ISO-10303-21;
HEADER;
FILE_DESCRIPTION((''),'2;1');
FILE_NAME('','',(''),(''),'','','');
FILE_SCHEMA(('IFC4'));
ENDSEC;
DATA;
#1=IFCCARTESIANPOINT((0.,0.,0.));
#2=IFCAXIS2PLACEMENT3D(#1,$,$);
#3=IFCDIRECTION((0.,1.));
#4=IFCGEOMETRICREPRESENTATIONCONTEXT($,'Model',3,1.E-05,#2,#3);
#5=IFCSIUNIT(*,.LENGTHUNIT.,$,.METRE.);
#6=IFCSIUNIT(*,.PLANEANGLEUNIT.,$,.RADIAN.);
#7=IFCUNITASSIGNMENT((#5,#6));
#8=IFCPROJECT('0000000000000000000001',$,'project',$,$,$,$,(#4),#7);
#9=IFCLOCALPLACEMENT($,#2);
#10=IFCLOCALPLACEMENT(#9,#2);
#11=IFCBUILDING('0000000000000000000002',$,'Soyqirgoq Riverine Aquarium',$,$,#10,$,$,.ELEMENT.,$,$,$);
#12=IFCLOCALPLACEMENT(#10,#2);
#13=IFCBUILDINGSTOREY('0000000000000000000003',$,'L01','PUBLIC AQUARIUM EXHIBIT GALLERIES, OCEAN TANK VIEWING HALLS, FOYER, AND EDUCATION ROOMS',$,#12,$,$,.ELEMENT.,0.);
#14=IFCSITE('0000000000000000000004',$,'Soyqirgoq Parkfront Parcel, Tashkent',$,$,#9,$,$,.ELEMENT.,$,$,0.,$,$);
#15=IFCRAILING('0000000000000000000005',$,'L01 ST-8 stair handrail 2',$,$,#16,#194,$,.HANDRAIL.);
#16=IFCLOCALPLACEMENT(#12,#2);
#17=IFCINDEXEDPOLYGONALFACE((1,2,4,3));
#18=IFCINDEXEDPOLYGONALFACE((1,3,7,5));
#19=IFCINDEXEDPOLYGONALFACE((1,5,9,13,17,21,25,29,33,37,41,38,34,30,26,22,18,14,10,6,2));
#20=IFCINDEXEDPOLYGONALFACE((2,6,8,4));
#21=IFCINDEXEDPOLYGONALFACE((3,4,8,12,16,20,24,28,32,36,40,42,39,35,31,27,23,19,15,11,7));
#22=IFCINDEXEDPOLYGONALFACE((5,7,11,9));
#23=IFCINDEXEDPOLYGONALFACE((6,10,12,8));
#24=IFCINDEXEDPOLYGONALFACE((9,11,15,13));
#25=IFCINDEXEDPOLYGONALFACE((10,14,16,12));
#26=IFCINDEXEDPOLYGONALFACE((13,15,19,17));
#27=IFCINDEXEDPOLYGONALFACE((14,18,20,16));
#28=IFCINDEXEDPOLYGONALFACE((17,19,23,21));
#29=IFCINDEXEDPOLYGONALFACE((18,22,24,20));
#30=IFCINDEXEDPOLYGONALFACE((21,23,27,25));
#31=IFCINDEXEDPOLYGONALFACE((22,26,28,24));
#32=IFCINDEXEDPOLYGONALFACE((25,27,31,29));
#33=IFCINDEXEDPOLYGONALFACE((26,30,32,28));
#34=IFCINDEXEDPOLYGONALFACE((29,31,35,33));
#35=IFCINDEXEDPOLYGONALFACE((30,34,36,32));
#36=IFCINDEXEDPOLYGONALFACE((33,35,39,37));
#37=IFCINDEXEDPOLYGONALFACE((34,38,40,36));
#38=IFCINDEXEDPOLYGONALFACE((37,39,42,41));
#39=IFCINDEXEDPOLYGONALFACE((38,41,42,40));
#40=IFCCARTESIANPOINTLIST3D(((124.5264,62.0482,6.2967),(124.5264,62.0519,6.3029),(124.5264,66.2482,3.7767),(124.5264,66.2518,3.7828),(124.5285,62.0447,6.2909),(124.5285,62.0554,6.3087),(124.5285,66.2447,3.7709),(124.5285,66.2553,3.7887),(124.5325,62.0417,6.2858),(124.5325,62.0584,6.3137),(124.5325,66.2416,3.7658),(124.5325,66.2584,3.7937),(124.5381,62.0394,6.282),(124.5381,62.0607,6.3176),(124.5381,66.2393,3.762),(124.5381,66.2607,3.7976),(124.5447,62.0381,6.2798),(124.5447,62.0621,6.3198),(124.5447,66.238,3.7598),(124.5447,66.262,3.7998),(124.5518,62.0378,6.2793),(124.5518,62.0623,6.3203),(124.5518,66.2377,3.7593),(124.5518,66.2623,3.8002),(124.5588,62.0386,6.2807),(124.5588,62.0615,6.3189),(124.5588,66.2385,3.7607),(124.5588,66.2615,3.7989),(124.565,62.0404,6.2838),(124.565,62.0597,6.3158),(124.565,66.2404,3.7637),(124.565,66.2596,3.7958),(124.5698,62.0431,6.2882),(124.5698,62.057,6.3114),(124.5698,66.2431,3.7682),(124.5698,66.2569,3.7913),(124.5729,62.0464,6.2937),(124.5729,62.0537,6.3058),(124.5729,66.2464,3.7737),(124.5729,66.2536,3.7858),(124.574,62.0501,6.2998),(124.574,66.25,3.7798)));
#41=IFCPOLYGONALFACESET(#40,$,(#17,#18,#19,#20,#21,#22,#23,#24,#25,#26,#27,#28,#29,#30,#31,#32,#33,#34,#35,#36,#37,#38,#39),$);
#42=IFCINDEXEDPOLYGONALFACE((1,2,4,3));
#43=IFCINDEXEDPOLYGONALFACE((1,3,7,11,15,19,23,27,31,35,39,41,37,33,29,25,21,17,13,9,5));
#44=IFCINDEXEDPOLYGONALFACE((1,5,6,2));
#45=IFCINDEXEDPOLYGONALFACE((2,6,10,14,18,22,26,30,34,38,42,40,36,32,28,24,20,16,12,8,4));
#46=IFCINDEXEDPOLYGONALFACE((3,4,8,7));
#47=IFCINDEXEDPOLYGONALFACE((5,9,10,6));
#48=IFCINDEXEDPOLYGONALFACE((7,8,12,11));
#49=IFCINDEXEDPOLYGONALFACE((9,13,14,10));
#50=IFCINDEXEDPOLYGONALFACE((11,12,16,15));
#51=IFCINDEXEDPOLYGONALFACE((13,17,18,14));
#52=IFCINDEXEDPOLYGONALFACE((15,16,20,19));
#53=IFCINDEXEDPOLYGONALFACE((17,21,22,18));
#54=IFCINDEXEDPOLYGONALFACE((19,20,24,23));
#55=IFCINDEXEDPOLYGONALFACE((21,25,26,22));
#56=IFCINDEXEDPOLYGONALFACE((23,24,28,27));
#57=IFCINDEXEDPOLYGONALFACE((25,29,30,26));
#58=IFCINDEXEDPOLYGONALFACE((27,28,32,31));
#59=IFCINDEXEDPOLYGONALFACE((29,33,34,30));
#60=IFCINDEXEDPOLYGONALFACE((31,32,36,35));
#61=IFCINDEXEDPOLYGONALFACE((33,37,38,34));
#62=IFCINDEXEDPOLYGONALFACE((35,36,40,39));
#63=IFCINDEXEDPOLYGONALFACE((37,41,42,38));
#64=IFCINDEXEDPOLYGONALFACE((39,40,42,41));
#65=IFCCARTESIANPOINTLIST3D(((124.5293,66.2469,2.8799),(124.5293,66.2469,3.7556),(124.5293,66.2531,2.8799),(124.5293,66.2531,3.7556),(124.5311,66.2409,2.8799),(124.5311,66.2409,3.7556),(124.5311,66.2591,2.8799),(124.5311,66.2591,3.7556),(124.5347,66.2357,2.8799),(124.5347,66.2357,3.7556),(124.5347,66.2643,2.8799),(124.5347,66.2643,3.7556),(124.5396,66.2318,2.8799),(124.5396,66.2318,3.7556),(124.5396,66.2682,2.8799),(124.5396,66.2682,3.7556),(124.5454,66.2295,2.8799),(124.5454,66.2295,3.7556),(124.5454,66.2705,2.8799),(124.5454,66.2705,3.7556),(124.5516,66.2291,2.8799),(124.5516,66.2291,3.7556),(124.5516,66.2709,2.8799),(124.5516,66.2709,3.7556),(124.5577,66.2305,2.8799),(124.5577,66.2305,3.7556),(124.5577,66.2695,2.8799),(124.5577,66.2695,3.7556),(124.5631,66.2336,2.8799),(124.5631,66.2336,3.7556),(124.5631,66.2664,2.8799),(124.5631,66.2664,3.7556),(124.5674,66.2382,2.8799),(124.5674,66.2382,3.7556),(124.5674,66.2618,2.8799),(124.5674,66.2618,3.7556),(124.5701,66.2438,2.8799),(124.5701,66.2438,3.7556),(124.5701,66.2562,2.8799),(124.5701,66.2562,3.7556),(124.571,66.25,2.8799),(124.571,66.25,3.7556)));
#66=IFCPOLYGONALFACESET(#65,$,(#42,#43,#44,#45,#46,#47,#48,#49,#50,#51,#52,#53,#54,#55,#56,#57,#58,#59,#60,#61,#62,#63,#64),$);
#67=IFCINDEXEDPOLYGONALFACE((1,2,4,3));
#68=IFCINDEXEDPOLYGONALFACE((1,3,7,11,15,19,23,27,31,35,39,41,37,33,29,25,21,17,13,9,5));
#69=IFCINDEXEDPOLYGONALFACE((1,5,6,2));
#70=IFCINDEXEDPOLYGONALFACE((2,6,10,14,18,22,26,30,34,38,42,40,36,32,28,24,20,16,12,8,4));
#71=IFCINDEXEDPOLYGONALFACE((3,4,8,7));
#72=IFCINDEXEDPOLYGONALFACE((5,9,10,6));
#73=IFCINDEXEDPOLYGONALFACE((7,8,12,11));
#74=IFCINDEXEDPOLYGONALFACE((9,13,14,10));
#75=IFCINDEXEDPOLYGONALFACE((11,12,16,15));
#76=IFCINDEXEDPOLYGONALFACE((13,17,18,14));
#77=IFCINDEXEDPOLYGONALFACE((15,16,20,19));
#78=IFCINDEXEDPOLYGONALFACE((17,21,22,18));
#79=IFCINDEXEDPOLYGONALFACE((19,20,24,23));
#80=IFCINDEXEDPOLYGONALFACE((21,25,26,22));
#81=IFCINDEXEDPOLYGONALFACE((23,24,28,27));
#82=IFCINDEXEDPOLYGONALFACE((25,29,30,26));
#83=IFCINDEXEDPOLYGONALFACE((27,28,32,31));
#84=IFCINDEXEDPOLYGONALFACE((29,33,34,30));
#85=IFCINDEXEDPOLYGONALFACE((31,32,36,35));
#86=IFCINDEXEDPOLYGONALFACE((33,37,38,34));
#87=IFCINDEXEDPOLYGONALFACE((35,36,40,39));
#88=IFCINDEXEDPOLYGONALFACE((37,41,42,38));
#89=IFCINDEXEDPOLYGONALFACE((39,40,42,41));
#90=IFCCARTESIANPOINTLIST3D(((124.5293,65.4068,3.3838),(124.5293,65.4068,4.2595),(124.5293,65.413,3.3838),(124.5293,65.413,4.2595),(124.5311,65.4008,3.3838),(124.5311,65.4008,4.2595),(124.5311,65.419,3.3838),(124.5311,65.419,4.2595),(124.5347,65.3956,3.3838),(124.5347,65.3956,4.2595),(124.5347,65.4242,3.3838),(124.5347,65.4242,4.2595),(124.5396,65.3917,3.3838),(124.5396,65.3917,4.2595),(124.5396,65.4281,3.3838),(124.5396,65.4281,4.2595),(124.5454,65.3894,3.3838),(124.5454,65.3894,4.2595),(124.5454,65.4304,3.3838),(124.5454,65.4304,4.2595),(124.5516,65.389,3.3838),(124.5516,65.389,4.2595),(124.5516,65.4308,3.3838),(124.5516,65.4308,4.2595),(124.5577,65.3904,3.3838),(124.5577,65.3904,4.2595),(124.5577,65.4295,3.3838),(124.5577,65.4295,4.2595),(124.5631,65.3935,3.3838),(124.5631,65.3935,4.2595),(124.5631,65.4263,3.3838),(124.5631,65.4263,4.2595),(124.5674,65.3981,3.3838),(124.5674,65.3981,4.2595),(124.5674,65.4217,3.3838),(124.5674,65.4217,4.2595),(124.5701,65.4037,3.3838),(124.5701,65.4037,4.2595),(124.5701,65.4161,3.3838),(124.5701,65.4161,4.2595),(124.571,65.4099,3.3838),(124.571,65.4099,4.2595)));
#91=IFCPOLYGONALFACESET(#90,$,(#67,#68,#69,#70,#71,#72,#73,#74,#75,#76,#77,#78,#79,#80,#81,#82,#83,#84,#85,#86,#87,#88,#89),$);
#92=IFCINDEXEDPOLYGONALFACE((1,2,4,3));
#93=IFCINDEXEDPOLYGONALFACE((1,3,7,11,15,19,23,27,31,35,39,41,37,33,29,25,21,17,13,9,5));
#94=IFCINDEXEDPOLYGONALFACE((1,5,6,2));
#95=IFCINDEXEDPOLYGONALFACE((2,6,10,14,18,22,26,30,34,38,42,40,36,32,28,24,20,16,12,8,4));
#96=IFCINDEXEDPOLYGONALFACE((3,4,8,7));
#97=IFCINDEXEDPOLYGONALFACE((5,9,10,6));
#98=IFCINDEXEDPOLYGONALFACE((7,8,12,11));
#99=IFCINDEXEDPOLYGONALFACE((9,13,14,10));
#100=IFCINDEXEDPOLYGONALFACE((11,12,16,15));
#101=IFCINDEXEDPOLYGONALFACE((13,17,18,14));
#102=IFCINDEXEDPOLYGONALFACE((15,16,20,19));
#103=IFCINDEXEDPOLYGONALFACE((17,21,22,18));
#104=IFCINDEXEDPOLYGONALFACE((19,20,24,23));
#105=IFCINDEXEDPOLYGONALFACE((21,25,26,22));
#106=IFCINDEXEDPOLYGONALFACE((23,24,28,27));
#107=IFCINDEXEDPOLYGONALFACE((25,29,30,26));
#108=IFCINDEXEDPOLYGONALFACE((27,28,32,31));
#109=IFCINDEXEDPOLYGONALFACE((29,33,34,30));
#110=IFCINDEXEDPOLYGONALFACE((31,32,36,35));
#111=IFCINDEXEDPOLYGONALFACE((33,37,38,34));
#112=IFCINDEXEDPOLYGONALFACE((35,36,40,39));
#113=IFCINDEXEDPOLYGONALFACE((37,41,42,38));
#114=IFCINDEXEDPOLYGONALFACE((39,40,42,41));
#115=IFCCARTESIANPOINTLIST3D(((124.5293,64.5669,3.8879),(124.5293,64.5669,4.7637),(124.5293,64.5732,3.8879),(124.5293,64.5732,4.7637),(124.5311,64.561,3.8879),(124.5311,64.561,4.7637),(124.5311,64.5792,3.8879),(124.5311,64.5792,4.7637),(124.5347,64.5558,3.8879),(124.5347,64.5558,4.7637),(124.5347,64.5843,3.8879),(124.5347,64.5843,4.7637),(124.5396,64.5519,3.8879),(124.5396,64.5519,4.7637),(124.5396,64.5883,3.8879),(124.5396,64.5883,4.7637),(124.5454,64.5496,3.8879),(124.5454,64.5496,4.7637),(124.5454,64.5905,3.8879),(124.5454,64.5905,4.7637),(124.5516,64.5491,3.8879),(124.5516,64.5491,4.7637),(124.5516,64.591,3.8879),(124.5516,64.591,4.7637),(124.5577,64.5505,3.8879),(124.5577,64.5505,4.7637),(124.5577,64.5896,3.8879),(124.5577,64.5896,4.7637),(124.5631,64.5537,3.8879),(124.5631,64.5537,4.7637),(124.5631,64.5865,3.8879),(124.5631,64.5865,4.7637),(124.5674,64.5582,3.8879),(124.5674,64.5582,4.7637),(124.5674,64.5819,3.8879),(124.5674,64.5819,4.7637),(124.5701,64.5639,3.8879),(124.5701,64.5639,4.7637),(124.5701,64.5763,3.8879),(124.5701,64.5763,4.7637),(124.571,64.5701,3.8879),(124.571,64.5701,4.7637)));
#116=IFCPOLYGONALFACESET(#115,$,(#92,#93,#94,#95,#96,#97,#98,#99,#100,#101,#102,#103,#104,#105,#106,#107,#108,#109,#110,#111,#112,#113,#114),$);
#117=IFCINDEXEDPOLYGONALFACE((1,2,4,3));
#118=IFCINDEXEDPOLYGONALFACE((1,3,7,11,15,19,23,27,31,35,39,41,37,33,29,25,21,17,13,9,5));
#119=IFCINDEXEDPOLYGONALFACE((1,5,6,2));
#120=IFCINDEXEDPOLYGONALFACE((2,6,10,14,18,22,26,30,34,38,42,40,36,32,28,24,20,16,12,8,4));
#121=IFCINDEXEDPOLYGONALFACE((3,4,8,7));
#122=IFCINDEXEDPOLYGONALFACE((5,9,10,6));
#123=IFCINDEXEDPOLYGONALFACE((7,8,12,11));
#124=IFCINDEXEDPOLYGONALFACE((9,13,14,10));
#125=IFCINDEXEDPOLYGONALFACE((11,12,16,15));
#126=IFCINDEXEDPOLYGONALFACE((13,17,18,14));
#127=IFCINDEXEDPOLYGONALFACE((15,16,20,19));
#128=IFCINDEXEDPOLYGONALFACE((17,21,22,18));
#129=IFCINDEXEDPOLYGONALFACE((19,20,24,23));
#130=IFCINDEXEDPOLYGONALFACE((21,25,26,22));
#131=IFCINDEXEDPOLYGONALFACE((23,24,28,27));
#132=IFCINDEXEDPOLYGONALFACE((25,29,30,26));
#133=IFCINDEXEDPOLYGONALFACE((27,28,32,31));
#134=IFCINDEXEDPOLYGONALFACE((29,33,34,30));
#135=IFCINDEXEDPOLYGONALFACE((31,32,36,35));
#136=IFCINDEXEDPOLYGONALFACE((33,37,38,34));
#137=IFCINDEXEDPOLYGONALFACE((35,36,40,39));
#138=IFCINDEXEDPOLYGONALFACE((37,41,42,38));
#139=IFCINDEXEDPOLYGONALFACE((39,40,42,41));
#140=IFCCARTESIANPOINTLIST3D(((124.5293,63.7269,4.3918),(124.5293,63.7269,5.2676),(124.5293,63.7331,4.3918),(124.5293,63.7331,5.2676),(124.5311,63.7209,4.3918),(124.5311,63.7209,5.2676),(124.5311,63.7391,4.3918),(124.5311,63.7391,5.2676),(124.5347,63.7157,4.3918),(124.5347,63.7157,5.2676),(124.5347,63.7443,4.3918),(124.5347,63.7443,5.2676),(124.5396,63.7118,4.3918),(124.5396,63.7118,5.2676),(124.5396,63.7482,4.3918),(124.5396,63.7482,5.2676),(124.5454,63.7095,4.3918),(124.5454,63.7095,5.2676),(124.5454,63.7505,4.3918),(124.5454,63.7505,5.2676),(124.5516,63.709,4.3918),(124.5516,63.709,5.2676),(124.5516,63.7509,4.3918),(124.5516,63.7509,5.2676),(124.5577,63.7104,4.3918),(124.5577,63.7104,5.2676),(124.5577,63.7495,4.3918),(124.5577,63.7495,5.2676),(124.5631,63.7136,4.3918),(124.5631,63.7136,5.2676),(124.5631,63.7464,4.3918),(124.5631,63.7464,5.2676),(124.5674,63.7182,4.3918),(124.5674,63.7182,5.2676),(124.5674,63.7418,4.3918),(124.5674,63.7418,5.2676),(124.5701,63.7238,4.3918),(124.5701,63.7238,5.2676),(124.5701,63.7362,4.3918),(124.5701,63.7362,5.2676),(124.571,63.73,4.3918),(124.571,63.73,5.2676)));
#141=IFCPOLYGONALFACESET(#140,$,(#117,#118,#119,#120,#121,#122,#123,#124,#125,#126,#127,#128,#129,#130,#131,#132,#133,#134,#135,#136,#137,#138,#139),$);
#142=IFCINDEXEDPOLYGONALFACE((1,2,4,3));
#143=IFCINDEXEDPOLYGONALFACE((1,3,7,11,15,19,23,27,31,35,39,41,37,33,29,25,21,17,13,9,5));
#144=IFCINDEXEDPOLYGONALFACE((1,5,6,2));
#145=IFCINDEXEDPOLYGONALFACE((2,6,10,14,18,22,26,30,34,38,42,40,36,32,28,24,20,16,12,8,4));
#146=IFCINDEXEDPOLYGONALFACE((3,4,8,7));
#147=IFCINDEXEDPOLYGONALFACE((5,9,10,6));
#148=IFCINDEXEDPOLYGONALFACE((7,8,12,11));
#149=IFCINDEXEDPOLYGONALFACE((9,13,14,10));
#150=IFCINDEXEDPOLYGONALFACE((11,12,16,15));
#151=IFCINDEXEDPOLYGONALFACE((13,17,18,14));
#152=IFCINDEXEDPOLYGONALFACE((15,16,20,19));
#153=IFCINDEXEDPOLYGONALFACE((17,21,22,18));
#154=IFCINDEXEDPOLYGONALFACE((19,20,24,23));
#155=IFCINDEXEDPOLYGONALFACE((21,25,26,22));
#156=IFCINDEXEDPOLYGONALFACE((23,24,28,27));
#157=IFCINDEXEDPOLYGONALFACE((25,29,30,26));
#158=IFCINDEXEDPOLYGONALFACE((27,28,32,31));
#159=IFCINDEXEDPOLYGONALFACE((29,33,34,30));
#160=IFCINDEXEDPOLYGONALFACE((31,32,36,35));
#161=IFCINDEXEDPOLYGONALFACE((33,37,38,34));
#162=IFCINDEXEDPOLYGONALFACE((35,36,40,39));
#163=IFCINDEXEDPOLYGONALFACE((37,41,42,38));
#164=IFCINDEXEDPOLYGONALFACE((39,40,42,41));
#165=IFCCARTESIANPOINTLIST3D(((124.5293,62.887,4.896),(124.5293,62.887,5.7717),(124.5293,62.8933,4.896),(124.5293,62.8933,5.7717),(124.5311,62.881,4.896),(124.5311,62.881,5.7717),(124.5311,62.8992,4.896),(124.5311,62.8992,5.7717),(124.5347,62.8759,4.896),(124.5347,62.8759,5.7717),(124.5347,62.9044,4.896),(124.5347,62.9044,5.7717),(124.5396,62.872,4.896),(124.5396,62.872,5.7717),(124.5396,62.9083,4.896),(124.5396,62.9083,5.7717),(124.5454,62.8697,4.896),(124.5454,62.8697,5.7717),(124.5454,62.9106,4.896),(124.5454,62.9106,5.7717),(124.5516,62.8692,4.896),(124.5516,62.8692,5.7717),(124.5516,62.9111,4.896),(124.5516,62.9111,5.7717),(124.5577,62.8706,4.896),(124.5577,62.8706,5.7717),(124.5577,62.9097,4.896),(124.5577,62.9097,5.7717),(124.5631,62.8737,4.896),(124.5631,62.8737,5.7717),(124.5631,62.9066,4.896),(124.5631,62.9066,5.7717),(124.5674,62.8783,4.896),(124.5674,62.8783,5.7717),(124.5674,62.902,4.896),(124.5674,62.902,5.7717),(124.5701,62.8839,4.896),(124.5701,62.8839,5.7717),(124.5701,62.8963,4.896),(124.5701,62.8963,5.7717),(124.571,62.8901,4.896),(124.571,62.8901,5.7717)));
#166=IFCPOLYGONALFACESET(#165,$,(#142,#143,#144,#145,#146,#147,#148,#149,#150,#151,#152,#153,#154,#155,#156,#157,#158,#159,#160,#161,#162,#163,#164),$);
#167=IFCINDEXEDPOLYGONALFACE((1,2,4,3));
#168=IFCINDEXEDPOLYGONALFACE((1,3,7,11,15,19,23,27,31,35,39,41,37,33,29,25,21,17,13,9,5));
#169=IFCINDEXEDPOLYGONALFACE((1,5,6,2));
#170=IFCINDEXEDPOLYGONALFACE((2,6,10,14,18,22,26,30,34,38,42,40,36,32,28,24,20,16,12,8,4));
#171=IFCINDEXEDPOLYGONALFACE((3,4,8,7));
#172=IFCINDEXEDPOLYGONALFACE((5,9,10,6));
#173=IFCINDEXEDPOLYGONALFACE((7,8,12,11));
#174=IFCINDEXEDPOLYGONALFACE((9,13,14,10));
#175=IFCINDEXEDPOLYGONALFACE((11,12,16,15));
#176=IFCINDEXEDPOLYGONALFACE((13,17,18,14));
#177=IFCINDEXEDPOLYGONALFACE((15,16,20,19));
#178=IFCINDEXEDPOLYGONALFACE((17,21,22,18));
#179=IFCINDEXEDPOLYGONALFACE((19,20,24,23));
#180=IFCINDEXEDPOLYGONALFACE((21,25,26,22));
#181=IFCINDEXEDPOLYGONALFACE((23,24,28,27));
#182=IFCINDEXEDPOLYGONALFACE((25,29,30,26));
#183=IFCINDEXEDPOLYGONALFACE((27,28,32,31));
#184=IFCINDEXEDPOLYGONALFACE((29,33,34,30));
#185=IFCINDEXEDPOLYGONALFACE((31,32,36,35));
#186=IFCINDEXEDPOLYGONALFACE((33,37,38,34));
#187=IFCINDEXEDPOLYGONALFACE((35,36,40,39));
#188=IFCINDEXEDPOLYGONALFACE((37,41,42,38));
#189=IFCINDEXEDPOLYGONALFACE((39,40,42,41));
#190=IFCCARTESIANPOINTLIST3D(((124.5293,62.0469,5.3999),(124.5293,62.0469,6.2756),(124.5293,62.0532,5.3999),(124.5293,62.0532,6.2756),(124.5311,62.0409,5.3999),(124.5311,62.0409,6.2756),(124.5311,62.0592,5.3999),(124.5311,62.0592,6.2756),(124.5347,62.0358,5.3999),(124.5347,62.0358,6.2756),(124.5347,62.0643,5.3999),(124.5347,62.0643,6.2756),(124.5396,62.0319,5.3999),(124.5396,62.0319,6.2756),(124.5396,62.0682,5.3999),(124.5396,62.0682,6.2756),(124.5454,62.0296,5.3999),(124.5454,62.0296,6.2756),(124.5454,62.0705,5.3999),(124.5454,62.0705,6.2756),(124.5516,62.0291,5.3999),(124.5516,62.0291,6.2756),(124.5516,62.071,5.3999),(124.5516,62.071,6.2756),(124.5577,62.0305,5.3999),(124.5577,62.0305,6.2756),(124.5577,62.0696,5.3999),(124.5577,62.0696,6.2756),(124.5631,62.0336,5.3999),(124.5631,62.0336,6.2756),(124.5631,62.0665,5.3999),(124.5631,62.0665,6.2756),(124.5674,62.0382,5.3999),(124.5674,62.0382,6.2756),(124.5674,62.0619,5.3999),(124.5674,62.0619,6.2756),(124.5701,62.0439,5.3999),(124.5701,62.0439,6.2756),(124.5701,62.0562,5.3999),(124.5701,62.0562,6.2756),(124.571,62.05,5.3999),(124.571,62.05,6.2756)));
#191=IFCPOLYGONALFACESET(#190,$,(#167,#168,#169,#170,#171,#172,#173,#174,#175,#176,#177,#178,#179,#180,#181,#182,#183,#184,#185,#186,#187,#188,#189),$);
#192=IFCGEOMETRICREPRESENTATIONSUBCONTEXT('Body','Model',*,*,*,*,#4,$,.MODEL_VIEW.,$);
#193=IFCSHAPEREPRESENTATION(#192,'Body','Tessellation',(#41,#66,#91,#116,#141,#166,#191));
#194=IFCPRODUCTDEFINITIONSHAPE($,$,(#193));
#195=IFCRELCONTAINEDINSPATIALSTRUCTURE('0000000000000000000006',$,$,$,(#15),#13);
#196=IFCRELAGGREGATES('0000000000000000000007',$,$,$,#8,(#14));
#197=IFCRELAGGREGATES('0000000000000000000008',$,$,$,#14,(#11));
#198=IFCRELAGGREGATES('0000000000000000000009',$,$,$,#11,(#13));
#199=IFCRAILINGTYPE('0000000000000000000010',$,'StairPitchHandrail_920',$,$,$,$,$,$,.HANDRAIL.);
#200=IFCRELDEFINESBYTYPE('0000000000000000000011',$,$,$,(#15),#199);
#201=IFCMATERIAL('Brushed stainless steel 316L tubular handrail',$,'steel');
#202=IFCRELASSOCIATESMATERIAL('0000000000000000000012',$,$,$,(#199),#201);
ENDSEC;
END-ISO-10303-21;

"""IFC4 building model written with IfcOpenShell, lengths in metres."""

from ifc_helpers import new_model, si_unit, direction, frame, origin, origin_2d, place, context, subcontext, project, spatial, circle, extrude, material, type_object, element, save


model = new_model("IFC4")

# Units and contexts
model_context = context("Model", 3, precision=1e-05, world=origin(), true_north=direction((0.0, 1.0)))
body_context = subcontext(model_context, "Body", "Model", "MODEL_VIEW")
ifc_project = project(units=[si_unit("LENGTHUNIT", "METRE"), si_unit("PLANEANGLEUNIT", "RADIAN")], contexts=[model_context])

# Site, building, storey
site_placement = place(None, origin())
site = spatial("IfcSite", under=ifc_project, at=site_placement, Name="Soyqirgoq Parkfront Parcel, Tashkent", CompositionType="ELEMENT", RefElevation=0.0)
building_placement = place(site_placement, origin())
building = spatial("IfcBuilding", under=site, at=building_placement, Name="Soyqirgoq Riverine Aquarium", CompositionType="ELEMENT")
storey_placement = place(building_placement, origin())
storey = spatial("IfcBuildingStorey", under=building, at=storey_placement, Name="L01", Description="PUBLIC AQUARIUM EXHIBIT GALLERIES, OCEAN TANK VIEWING HALLS, FOYER, AND EDUCATION ROOMS", CompositionType="ELEMENT", Elevation=0.0)

# Railing
ifc_material_1 = material(Name="Brushed stainless steel 316L tubular handrail", Category="steel")
railing_type_1 = type_object("IfcRailingType", Name="StairPitchHandrail_920", PredefinedType="HANDRAIL", material=ifc_material_1)
railing_1_placement = place(storey_placement, frame((124.55, 66.25, 2.8799)))
element("IfcRailing", 1, at=railing_1_placement, inside=storey, type_object=railing_type_1, Name="L01 ST-8 stair handrail 2", PredefinedType="HANDRAIL", context=body_context, shape_type="SweptSolid", body=[
    extrude(circle(Radius=0.0239, at=origin_2d()), frame((0.0, 0.0, 0.8999), z_axis=(0.0, -0.857489, 0.514503), x_axis=(1.0, 0.0, 0.0)), (0.0, 0.0, 1.0), 4.8979),
    extrude(circle(Radius=0.021, at=origin_2d()), origin(), (0.0, 0.0, 1.0), 0.8757),
    extrude(circle(Radius=0.021, at=origin_2d()), frame((0.0, -0.8401, 0.5039)), (0.0, 0.0, 1.0), 0.8757),
    extrude(circle(Radius=0.021, at=origin_2d()), frame((0.0, -1.6799, 1.0081)), (0.0, 0.0, 1.0), 0.8757),
    extrude(circle(Radius=0.021, at=origin_2d()), frame((0.0, -2.52, 1.512)), (0.0, 0.0, 1.0), 0.8757),
    extrude(circle(Radius=0.021, at=origin_2d()), frame((0.0, -3.3599, 2.0161)), (0.0, 0.0, 1.0), 0.8757),
    extrude(circle(Radius=0.021, at=origin_2d()), frame((0.0, -4.2, 2.52)), (0.0, 0.0, 1.0), 0.8757),
])

save(model, "model.ifc")
